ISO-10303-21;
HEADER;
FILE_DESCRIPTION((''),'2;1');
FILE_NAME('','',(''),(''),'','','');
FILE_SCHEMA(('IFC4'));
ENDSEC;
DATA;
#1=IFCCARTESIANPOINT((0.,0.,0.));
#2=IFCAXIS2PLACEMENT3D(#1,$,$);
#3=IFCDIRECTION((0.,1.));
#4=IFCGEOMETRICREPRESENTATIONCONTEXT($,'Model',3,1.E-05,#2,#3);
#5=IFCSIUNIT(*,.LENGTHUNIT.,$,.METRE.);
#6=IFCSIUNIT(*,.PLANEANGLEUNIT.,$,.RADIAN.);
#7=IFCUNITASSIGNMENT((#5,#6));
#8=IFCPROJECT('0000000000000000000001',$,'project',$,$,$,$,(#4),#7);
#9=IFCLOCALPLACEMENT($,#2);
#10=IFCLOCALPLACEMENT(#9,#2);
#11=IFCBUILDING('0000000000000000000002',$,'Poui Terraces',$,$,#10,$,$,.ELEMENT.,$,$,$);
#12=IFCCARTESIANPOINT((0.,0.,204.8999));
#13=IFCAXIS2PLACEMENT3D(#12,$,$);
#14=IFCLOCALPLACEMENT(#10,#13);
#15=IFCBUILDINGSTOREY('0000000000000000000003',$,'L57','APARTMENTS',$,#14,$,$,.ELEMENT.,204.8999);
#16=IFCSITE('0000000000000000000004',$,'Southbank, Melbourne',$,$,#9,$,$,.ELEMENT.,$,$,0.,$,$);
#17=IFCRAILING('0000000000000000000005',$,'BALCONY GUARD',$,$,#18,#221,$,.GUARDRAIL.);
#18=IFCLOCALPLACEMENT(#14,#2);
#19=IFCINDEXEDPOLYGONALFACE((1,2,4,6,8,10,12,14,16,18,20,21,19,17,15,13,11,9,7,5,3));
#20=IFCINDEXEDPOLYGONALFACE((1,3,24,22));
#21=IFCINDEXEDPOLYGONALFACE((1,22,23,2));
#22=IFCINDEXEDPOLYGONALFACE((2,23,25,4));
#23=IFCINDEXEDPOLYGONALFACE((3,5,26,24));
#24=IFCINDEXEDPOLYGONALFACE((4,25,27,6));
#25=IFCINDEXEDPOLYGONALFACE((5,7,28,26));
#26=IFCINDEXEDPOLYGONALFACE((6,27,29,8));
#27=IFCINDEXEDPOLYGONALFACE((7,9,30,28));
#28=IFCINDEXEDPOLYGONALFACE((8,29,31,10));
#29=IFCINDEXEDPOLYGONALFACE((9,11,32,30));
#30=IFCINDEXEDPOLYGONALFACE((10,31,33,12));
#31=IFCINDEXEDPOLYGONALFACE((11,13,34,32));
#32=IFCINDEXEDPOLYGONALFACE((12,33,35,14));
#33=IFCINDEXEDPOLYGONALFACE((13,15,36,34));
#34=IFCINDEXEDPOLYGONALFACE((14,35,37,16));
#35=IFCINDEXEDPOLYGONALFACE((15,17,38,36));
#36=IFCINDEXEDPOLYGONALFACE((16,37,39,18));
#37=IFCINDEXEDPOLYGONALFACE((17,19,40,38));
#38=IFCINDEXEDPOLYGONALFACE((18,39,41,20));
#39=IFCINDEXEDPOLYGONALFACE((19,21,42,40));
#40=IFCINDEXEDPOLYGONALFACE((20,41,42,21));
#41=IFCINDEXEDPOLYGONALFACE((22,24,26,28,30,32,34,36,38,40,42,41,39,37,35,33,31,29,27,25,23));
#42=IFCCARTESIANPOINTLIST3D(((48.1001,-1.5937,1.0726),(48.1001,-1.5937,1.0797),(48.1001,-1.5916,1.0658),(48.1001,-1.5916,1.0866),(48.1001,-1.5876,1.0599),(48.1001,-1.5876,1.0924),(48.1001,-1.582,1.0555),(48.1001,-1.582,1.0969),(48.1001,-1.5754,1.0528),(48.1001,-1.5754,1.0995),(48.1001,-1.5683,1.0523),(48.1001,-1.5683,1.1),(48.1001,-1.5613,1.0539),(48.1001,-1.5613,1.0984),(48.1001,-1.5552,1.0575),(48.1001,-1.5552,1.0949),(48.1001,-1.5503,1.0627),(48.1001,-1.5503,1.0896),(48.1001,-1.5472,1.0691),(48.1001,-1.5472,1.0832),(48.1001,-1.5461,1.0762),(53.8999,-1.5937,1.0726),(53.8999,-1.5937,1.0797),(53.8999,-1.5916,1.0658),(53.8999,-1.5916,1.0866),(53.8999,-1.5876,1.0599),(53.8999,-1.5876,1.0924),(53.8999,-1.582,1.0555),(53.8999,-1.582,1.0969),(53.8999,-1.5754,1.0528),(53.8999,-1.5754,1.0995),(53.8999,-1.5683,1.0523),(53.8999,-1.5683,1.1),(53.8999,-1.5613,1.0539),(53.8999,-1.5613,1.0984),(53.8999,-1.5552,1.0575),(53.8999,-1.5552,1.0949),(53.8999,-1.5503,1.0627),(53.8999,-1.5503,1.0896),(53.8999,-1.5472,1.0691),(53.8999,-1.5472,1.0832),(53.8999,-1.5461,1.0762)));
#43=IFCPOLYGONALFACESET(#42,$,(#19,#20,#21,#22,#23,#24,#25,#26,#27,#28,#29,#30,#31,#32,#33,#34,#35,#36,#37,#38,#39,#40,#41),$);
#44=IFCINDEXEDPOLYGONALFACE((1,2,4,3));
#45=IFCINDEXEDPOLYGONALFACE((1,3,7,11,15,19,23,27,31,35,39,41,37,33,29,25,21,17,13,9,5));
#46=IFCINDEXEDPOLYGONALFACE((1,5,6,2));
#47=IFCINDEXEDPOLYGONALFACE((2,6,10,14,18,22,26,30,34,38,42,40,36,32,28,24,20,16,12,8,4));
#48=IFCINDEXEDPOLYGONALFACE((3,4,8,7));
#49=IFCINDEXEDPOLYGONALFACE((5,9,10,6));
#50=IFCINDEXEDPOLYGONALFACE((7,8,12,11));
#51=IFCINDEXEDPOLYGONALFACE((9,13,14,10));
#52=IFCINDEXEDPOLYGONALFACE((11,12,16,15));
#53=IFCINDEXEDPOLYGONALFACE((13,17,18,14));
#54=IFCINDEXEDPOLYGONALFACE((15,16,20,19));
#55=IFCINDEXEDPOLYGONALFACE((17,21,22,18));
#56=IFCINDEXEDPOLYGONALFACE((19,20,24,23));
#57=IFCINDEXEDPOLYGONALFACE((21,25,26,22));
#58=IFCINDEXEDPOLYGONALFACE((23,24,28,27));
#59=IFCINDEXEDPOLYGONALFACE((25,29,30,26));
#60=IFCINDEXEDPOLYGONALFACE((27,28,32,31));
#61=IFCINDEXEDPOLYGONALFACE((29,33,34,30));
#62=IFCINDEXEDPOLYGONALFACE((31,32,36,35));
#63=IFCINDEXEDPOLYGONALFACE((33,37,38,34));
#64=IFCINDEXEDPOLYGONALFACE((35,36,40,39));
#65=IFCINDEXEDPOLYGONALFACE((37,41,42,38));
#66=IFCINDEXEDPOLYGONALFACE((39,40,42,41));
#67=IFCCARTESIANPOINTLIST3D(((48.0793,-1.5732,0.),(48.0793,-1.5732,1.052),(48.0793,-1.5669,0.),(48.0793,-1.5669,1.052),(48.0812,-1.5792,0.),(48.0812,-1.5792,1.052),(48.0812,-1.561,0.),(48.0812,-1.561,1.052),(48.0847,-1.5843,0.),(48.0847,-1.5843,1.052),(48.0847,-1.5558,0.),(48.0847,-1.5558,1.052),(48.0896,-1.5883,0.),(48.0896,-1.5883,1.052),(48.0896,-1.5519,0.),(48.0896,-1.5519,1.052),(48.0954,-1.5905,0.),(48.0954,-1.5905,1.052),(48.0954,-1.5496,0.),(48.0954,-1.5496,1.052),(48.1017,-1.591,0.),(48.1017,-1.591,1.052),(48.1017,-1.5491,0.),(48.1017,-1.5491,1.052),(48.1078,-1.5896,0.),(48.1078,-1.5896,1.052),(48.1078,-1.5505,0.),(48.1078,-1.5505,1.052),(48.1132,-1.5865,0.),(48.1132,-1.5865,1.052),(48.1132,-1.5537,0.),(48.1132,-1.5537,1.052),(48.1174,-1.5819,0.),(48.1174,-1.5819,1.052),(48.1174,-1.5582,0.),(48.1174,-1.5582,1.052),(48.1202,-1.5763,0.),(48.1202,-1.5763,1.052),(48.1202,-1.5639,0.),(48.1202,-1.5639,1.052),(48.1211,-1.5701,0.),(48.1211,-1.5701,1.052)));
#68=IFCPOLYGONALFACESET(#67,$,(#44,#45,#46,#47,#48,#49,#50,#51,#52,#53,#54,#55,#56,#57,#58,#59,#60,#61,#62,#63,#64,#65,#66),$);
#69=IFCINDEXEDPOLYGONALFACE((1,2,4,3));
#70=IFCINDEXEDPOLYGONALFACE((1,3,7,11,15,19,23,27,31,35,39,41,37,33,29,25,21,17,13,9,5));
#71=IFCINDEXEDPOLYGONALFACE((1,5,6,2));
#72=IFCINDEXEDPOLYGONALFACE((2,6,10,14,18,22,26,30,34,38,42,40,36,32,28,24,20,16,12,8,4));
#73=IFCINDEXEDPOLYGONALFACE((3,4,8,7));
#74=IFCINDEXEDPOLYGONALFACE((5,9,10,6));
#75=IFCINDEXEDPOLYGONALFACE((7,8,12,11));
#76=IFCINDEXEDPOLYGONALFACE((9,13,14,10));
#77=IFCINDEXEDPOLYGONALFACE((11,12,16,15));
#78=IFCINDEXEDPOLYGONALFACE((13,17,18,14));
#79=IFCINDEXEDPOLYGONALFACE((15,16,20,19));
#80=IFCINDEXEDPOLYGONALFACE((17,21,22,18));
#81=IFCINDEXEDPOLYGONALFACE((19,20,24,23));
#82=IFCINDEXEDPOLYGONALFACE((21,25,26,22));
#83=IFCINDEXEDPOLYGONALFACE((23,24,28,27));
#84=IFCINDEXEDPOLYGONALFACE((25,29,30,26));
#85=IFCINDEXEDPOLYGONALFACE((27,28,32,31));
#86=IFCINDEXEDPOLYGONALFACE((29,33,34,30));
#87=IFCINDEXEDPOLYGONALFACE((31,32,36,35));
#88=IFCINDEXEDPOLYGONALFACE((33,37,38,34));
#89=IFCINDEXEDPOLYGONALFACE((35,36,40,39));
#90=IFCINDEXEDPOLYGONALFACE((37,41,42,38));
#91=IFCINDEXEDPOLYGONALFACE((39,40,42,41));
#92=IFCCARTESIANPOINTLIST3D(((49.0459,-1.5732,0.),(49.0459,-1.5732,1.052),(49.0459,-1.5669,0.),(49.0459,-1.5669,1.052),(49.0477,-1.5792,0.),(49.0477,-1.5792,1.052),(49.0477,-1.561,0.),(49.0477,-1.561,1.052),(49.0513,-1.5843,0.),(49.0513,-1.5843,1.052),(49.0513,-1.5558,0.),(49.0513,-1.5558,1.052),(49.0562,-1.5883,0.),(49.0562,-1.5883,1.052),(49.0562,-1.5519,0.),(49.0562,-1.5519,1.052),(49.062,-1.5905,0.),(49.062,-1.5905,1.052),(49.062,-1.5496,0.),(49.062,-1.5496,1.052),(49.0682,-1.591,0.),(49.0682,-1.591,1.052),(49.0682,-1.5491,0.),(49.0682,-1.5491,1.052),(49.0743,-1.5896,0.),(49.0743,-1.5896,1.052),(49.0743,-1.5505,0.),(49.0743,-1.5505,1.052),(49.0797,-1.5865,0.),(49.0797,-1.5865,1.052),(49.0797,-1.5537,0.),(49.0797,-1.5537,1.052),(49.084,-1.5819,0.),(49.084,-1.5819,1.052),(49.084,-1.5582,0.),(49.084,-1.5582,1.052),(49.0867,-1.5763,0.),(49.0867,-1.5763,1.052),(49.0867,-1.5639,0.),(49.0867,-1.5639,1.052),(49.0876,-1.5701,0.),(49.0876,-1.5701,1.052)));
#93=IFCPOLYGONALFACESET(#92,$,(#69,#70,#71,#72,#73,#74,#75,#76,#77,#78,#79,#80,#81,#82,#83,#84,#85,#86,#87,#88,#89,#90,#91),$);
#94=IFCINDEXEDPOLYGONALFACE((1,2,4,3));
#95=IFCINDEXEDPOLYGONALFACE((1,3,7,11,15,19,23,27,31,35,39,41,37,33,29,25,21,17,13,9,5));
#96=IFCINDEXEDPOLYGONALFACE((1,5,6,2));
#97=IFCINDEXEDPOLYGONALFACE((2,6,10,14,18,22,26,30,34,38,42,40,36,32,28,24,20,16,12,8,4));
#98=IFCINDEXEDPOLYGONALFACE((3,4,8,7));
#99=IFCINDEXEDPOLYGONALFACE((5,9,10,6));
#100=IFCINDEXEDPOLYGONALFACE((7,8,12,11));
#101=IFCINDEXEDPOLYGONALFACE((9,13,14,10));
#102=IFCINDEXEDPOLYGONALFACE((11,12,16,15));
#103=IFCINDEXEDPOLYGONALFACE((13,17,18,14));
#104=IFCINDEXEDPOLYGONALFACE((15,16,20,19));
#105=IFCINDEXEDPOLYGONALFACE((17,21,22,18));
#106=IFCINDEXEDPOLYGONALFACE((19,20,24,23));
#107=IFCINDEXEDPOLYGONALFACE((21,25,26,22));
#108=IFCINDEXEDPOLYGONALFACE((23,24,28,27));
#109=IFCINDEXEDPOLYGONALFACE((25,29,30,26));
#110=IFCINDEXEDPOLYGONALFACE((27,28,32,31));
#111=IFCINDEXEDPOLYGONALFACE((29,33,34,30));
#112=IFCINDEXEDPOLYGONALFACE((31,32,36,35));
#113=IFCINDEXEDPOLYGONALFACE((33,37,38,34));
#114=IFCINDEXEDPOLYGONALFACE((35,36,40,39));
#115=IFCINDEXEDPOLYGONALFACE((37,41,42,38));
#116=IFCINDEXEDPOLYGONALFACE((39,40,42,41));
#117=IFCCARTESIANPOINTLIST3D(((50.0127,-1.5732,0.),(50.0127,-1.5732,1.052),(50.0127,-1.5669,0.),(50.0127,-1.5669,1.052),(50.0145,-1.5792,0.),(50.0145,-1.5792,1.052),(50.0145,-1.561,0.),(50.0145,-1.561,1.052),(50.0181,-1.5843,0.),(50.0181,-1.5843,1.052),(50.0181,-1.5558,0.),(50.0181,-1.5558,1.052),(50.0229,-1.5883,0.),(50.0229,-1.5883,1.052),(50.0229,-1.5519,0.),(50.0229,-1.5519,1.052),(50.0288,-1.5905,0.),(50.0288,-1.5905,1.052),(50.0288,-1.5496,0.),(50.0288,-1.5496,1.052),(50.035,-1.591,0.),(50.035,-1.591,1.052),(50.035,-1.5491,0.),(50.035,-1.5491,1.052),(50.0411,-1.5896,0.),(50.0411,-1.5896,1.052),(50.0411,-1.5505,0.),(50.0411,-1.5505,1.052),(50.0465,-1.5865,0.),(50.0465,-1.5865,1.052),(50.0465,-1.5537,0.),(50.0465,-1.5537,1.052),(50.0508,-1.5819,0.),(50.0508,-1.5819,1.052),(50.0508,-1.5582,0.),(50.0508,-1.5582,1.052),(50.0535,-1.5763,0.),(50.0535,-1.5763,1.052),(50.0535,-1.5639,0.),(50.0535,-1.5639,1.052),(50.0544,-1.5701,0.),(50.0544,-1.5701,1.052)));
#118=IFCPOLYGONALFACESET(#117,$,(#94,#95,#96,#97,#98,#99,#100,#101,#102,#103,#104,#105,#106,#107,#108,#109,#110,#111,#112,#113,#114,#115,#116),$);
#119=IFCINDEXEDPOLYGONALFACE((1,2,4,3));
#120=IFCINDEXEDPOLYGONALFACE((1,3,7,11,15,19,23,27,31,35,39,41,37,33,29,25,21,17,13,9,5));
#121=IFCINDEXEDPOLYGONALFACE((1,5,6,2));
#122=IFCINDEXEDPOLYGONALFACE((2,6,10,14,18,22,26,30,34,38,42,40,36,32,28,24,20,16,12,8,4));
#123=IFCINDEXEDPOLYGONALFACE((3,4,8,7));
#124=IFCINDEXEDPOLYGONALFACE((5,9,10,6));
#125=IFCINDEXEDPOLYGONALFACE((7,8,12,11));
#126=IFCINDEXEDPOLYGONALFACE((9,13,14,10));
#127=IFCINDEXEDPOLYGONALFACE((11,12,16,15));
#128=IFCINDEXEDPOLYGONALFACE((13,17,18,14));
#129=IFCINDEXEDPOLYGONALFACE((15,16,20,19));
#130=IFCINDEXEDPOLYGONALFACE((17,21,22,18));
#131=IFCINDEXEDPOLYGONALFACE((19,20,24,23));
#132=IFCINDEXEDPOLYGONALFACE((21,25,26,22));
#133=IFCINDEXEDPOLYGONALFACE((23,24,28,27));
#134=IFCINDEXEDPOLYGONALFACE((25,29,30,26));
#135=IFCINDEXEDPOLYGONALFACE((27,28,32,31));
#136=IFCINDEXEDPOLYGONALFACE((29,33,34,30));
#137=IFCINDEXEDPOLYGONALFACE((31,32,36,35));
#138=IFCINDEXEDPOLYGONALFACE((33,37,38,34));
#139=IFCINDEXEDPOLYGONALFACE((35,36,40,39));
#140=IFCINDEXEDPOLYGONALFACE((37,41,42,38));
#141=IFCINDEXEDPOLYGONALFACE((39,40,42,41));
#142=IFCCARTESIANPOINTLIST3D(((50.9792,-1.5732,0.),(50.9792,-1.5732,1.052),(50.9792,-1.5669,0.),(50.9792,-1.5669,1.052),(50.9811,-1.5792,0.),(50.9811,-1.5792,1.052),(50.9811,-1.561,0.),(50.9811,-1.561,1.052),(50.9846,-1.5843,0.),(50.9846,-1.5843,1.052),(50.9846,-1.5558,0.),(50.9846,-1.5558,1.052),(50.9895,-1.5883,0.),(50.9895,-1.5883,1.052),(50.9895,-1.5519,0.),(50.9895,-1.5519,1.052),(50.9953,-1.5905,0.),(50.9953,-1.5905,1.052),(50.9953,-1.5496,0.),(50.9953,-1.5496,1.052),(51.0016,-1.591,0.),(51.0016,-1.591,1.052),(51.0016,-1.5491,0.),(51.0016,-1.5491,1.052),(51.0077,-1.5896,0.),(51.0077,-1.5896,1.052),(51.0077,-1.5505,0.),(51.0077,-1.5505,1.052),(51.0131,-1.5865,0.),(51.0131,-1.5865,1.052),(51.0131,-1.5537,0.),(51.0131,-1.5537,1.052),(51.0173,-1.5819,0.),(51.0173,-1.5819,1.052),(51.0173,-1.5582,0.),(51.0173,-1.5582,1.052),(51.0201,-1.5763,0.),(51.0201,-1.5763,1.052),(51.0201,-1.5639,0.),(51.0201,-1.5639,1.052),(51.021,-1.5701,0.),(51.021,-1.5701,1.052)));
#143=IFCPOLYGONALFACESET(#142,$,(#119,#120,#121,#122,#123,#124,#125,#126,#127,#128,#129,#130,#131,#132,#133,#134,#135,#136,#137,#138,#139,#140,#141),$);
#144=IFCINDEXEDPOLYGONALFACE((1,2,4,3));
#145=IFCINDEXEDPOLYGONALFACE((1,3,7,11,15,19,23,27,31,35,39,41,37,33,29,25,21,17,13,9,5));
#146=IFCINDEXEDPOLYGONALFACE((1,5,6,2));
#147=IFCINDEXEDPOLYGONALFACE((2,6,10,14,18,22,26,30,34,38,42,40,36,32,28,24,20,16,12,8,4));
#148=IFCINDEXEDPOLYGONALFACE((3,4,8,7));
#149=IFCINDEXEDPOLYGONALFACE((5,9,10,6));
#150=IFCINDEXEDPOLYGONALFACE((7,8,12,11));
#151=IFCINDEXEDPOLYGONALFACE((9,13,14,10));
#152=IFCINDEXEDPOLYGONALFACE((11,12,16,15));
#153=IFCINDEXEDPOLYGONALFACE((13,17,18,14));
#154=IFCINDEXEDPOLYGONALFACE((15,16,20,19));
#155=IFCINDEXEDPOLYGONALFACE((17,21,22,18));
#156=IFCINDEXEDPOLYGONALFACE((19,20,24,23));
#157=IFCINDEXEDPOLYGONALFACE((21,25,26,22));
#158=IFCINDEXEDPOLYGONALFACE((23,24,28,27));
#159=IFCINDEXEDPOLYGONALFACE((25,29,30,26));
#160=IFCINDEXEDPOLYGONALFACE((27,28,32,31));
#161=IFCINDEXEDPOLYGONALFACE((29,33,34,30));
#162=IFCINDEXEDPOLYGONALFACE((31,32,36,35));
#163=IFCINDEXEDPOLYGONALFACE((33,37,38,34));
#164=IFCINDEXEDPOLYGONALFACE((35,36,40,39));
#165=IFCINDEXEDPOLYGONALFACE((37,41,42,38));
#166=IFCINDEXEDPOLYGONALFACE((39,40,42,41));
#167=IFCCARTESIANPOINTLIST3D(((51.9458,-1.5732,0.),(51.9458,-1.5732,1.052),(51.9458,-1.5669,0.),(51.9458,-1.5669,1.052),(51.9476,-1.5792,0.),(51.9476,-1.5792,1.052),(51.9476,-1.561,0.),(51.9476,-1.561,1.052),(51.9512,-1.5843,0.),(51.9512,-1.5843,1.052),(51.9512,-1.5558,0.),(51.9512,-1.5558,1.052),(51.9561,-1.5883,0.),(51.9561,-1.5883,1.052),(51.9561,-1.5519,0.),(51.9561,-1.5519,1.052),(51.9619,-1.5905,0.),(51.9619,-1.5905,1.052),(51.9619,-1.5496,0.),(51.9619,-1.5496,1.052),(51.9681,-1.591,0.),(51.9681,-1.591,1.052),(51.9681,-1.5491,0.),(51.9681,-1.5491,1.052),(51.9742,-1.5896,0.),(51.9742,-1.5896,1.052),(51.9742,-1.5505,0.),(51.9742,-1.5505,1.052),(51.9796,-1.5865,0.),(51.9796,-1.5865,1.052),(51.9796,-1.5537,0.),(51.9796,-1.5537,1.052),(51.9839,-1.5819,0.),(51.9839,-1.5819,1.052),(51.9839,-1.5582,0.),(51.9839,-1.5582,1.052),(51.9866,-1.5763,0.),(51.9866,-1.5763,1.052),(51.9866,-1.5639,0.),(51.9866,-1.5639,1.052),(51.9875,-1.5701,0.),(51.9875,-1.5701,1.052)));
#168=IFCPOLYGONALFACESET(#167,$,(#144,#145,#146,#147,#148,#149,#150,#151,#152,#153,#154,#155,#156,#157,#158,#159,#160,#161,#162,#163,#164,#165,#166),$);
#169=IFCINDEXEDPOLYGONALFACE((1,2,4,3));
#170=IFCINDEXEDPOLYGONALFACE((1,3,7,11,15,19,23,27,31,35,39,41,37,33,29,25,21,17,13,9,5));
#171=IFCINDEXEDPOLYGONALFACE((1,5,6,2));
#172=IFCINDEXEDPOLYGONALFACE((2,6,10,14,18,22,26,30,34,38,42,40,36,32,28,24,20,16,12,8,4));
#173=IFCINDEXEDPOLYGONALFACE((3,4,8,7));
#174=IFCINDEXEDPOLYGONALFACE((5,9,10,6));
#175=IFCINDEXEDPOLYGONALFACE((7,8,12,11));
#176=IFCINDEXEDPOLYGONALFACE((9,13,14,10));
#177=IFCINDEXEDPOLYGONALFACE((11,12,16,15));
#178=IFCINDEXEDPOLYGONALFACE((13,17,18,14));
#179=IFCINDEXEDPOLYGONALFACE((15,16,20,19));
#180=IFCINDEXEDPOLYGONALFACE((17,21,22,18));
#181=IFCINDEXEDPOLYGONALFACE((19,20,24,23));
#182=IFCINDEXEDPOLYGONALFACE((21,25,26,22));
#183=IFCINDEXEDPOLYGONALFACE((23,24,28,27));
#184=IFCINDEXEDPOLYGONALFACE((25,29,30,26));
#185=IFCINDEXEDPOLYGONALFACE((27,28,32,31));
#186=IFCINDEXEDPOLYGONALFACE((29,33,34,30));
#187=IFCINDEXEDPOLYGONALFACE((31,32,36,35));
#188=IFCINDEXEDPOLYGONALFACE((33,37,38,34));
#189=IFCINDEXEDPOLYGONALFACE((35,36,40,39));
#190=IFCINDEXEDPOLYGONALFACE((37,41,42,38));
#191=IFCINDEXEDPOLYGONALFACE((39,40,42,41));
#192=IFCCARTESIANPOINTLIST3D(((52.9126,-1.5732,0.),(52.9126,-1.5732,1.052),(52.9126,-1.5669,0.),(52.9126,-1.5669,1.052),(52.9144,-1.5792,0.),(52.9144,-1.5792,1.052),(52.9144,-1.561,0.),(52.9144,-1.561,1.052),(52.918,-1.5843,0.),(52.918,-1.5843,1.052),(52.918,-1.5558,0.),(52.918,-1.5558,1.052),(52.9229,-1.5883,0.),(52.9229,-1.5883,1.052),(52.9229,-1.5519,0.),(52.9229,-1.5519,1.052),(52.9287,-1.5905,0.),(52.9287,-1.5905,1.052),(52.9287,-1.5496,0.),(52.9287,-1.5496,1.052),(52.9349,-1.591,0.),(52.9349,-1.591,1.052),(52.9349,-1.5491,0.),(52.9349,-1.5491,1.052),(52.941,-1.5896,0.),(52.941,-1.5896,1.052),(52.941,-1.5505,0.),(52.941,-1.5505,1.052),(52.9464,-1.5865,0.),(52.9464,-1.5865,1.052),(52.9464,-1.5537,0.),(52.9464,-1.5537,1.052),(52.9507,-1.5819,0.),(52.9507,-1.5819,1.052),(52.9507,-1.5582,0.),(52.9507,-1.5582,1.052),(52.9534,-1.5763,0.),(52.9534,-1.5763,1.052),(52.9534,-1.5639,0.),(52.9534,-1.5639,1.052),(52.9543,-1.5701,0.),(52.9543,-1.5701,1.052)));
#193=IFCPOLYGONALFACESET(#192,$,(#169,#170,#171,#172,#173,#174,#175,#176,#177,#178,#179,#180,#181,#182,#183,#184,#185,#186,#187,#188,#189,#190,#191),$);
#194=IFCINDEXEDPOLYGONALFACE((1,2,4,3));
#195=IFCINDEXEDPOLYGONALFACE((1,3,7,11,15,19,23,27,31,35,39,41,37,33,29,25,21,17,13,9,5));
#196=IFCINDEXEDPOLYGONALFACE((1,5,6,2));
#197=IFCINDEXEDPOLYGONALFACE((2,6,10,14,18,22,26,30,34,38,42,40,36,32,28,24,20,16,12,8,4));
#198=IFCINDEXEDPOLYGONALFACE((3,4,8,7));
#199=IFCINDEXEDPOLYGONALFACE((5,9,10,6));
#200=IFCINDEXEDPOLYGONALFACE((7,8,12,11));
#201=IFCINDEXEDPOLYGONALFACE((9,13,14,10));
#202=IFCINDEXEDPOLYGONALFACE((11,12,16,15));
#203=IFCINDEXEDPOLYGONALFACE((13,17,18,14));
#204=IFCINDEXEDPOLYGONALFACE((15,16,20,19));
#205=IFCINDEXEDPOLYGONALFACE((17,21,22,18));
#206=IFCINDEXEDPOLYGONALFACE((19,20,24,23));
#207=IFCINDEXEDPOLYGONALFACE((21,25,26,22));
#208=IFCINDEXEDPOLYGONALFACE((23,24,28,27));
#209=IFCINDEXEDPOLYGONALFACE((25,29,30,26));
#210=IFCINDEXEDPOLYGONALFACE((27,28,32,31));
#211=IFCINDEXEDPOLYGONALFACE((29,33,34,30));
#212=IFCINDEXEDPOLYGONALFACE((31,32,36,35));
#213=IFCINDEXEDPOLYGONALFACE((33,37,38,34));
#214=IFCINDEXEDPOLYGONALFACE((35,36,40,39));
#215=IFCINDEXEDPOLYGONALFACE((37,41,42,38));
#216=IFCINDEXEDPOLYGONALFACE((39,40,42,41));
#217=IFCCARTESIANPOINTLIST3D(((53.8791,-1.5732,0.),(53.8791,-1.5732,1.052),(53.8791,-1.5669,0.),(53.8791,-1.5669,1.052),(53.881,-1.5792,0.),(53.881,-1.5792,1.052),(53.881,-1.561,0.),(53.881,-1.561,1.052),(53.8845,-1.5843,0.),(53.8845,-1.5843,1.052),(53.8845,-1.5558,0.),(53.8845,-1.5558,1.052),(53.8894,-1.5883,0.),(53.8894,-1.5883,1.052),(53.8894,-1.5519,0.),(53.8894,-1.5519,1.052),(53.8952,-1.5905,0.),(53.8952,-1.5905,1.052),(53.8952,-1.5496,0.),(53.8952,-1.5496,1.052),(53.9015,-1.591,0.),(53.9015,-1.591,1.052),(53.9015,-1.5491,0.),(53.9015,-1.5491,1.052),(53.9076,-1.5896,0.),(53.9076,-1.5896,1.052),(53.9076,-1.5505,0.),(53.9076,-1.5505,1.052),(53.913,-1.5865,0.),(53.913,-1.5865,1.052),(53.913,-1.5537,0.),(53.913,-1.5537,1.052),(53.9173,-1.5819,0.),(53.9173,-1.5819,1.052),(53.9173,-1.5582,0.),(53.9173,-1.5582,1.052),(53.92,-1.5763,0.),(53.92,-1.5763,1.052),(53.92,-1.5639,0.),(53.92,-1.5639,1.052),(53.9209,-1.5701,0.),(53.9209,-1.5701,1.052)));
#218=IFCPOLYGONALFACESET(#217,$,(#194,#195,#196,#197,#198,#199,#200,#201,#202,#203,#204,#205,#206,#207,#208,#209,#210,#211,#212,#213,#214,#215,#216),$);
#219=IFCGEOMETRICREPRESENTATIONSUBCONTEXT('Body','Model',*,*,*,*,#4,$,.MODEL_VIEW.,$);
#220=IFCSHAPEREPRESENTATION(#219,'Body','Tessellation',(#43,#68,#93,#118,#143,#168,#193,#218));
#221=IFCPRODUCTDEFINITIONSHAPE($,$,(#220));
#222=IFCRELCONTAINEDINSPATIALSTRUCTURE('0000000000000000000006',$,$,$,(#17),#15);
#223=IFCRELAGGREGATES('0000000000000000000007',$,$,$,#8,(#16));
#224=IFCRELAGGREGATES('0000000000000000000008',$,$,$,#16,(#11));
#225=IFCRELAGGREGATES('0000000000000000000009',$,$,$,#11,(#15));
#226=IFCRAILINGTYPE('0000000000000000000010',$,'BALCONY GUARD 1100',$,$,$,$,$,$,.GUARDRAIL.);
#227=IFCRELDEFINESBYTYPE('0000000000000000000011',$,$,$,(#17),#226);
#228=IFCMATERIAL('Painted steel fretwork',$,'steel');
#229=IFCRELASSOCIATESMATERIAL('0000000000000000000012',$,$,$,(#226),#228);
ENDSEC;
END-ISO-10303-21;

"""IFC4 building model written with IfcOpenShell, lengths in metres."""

from ifc_helpers import new_model, si_unit, direction, frame, origin, origin_2d, place, context, subcontext, project, spatial, circle, extrude, material, type_object, element, save


model = new_model("IFC4")

# Units and contexts
model_context = context("Model", 3, precision=1e-05, world=origin(), true_north=direction((0.0, 1.0)))
body_context = subcontext(model_context, "Body", "Model", "MODEL_VIEW")
ifc_project = project(units=[si_unit("LENGTHUNIT", "METRE"), si_unit("PLANEANGLEUNIT", "RADIAN")], contexts=[model_context])

# Site, building, storey
site_placement = place(None, origin())
site = spatial("IfcSite", under=ifc_project, at=site_placement, Name="Southbank, Melbourne", CompositionType="ELEMENT", RefElevation=0.0)
building_placement = place(site_placement, origin())
building = spatial("IfcBuilding", under=site, at=building_placement, Name="Poui Terraces", CompositionType="ELEMENT")
storey_placement = place(building_placement, frame((0.0, 0.0, 204.8999)))
storey = spatial("IfcBuildingStorey", under=building, at=storey_placement, Name="L57", Description="APARTMENTS", CompositionType="ELEMENT", Elevation=204.8999)

# Railing
ifc_material_1 = material(Name="Painted steel fretwork", Category="steel")
railing_type = type_object("IfcRailingType", Name="BALCONY GUARD 1100", PredefinedType="GUARDRAIL", material=ifc_material_1)
railing_placement = place(storey_placement, frame((48.1001, -1.5701, 0.0)))
element("IfcRailing", 1, at=railing_placement, inside=storey, type_object=railing_type, Name="BALCONY GUARD", PredefinedType="GUARDRAIL", context=body_context, shape_type="SweptSolid", body=[
    extrude(circle(Radius=0.0239, at=origin_2d()), frame((0.0, 0.0, 1.0762), z_axis=(1.0, 0.0, 0.0), x_axis=(0.0, 1.0, 0.0)), (0.0, 0.0, 1.0), 5.7998),
    extrude(circle(Radius=0.021, at=origin_2d()), origin(), (0.0, 0.0, 1.0), 1.052),
    extrude(circle(Radius=0.021, at=origin_2d()), frame((0.9666, 0.0, 0.0)), (0.0, 0.0, 1.0), 1.052),
    extrude(circle(Radius=0.021, at=origin_2d()), frame((1.9333, 0.0, 0.0)), (0.0, 0.0, 1.0), 1.052),
    extrude(circle(Radius=0.021, at=origin_2d()), frame((2.8999, 0.0, 0.0)), (0.0, 0.0, 1.0), 1.052),
    extrude(circle(Radius=0.021, at=origin_2d()), frame((3.8665, 0.0, 0.0)), (0.0, 0.0, 1.0), 1.052),
    extrude(circle(Radius=0.021, at=origin_2d()), frame((4.8333, 0.0, 0.0)), (0.0, 0.0, 1.0), 1.052),
    extrude(circle(Radius=0.021, at=origin_2d()), frame((5.7998, 0.0, 0.0)), (0.0, 0.0, 1.0), 1.052),
])

save(model, "model.ifc")
